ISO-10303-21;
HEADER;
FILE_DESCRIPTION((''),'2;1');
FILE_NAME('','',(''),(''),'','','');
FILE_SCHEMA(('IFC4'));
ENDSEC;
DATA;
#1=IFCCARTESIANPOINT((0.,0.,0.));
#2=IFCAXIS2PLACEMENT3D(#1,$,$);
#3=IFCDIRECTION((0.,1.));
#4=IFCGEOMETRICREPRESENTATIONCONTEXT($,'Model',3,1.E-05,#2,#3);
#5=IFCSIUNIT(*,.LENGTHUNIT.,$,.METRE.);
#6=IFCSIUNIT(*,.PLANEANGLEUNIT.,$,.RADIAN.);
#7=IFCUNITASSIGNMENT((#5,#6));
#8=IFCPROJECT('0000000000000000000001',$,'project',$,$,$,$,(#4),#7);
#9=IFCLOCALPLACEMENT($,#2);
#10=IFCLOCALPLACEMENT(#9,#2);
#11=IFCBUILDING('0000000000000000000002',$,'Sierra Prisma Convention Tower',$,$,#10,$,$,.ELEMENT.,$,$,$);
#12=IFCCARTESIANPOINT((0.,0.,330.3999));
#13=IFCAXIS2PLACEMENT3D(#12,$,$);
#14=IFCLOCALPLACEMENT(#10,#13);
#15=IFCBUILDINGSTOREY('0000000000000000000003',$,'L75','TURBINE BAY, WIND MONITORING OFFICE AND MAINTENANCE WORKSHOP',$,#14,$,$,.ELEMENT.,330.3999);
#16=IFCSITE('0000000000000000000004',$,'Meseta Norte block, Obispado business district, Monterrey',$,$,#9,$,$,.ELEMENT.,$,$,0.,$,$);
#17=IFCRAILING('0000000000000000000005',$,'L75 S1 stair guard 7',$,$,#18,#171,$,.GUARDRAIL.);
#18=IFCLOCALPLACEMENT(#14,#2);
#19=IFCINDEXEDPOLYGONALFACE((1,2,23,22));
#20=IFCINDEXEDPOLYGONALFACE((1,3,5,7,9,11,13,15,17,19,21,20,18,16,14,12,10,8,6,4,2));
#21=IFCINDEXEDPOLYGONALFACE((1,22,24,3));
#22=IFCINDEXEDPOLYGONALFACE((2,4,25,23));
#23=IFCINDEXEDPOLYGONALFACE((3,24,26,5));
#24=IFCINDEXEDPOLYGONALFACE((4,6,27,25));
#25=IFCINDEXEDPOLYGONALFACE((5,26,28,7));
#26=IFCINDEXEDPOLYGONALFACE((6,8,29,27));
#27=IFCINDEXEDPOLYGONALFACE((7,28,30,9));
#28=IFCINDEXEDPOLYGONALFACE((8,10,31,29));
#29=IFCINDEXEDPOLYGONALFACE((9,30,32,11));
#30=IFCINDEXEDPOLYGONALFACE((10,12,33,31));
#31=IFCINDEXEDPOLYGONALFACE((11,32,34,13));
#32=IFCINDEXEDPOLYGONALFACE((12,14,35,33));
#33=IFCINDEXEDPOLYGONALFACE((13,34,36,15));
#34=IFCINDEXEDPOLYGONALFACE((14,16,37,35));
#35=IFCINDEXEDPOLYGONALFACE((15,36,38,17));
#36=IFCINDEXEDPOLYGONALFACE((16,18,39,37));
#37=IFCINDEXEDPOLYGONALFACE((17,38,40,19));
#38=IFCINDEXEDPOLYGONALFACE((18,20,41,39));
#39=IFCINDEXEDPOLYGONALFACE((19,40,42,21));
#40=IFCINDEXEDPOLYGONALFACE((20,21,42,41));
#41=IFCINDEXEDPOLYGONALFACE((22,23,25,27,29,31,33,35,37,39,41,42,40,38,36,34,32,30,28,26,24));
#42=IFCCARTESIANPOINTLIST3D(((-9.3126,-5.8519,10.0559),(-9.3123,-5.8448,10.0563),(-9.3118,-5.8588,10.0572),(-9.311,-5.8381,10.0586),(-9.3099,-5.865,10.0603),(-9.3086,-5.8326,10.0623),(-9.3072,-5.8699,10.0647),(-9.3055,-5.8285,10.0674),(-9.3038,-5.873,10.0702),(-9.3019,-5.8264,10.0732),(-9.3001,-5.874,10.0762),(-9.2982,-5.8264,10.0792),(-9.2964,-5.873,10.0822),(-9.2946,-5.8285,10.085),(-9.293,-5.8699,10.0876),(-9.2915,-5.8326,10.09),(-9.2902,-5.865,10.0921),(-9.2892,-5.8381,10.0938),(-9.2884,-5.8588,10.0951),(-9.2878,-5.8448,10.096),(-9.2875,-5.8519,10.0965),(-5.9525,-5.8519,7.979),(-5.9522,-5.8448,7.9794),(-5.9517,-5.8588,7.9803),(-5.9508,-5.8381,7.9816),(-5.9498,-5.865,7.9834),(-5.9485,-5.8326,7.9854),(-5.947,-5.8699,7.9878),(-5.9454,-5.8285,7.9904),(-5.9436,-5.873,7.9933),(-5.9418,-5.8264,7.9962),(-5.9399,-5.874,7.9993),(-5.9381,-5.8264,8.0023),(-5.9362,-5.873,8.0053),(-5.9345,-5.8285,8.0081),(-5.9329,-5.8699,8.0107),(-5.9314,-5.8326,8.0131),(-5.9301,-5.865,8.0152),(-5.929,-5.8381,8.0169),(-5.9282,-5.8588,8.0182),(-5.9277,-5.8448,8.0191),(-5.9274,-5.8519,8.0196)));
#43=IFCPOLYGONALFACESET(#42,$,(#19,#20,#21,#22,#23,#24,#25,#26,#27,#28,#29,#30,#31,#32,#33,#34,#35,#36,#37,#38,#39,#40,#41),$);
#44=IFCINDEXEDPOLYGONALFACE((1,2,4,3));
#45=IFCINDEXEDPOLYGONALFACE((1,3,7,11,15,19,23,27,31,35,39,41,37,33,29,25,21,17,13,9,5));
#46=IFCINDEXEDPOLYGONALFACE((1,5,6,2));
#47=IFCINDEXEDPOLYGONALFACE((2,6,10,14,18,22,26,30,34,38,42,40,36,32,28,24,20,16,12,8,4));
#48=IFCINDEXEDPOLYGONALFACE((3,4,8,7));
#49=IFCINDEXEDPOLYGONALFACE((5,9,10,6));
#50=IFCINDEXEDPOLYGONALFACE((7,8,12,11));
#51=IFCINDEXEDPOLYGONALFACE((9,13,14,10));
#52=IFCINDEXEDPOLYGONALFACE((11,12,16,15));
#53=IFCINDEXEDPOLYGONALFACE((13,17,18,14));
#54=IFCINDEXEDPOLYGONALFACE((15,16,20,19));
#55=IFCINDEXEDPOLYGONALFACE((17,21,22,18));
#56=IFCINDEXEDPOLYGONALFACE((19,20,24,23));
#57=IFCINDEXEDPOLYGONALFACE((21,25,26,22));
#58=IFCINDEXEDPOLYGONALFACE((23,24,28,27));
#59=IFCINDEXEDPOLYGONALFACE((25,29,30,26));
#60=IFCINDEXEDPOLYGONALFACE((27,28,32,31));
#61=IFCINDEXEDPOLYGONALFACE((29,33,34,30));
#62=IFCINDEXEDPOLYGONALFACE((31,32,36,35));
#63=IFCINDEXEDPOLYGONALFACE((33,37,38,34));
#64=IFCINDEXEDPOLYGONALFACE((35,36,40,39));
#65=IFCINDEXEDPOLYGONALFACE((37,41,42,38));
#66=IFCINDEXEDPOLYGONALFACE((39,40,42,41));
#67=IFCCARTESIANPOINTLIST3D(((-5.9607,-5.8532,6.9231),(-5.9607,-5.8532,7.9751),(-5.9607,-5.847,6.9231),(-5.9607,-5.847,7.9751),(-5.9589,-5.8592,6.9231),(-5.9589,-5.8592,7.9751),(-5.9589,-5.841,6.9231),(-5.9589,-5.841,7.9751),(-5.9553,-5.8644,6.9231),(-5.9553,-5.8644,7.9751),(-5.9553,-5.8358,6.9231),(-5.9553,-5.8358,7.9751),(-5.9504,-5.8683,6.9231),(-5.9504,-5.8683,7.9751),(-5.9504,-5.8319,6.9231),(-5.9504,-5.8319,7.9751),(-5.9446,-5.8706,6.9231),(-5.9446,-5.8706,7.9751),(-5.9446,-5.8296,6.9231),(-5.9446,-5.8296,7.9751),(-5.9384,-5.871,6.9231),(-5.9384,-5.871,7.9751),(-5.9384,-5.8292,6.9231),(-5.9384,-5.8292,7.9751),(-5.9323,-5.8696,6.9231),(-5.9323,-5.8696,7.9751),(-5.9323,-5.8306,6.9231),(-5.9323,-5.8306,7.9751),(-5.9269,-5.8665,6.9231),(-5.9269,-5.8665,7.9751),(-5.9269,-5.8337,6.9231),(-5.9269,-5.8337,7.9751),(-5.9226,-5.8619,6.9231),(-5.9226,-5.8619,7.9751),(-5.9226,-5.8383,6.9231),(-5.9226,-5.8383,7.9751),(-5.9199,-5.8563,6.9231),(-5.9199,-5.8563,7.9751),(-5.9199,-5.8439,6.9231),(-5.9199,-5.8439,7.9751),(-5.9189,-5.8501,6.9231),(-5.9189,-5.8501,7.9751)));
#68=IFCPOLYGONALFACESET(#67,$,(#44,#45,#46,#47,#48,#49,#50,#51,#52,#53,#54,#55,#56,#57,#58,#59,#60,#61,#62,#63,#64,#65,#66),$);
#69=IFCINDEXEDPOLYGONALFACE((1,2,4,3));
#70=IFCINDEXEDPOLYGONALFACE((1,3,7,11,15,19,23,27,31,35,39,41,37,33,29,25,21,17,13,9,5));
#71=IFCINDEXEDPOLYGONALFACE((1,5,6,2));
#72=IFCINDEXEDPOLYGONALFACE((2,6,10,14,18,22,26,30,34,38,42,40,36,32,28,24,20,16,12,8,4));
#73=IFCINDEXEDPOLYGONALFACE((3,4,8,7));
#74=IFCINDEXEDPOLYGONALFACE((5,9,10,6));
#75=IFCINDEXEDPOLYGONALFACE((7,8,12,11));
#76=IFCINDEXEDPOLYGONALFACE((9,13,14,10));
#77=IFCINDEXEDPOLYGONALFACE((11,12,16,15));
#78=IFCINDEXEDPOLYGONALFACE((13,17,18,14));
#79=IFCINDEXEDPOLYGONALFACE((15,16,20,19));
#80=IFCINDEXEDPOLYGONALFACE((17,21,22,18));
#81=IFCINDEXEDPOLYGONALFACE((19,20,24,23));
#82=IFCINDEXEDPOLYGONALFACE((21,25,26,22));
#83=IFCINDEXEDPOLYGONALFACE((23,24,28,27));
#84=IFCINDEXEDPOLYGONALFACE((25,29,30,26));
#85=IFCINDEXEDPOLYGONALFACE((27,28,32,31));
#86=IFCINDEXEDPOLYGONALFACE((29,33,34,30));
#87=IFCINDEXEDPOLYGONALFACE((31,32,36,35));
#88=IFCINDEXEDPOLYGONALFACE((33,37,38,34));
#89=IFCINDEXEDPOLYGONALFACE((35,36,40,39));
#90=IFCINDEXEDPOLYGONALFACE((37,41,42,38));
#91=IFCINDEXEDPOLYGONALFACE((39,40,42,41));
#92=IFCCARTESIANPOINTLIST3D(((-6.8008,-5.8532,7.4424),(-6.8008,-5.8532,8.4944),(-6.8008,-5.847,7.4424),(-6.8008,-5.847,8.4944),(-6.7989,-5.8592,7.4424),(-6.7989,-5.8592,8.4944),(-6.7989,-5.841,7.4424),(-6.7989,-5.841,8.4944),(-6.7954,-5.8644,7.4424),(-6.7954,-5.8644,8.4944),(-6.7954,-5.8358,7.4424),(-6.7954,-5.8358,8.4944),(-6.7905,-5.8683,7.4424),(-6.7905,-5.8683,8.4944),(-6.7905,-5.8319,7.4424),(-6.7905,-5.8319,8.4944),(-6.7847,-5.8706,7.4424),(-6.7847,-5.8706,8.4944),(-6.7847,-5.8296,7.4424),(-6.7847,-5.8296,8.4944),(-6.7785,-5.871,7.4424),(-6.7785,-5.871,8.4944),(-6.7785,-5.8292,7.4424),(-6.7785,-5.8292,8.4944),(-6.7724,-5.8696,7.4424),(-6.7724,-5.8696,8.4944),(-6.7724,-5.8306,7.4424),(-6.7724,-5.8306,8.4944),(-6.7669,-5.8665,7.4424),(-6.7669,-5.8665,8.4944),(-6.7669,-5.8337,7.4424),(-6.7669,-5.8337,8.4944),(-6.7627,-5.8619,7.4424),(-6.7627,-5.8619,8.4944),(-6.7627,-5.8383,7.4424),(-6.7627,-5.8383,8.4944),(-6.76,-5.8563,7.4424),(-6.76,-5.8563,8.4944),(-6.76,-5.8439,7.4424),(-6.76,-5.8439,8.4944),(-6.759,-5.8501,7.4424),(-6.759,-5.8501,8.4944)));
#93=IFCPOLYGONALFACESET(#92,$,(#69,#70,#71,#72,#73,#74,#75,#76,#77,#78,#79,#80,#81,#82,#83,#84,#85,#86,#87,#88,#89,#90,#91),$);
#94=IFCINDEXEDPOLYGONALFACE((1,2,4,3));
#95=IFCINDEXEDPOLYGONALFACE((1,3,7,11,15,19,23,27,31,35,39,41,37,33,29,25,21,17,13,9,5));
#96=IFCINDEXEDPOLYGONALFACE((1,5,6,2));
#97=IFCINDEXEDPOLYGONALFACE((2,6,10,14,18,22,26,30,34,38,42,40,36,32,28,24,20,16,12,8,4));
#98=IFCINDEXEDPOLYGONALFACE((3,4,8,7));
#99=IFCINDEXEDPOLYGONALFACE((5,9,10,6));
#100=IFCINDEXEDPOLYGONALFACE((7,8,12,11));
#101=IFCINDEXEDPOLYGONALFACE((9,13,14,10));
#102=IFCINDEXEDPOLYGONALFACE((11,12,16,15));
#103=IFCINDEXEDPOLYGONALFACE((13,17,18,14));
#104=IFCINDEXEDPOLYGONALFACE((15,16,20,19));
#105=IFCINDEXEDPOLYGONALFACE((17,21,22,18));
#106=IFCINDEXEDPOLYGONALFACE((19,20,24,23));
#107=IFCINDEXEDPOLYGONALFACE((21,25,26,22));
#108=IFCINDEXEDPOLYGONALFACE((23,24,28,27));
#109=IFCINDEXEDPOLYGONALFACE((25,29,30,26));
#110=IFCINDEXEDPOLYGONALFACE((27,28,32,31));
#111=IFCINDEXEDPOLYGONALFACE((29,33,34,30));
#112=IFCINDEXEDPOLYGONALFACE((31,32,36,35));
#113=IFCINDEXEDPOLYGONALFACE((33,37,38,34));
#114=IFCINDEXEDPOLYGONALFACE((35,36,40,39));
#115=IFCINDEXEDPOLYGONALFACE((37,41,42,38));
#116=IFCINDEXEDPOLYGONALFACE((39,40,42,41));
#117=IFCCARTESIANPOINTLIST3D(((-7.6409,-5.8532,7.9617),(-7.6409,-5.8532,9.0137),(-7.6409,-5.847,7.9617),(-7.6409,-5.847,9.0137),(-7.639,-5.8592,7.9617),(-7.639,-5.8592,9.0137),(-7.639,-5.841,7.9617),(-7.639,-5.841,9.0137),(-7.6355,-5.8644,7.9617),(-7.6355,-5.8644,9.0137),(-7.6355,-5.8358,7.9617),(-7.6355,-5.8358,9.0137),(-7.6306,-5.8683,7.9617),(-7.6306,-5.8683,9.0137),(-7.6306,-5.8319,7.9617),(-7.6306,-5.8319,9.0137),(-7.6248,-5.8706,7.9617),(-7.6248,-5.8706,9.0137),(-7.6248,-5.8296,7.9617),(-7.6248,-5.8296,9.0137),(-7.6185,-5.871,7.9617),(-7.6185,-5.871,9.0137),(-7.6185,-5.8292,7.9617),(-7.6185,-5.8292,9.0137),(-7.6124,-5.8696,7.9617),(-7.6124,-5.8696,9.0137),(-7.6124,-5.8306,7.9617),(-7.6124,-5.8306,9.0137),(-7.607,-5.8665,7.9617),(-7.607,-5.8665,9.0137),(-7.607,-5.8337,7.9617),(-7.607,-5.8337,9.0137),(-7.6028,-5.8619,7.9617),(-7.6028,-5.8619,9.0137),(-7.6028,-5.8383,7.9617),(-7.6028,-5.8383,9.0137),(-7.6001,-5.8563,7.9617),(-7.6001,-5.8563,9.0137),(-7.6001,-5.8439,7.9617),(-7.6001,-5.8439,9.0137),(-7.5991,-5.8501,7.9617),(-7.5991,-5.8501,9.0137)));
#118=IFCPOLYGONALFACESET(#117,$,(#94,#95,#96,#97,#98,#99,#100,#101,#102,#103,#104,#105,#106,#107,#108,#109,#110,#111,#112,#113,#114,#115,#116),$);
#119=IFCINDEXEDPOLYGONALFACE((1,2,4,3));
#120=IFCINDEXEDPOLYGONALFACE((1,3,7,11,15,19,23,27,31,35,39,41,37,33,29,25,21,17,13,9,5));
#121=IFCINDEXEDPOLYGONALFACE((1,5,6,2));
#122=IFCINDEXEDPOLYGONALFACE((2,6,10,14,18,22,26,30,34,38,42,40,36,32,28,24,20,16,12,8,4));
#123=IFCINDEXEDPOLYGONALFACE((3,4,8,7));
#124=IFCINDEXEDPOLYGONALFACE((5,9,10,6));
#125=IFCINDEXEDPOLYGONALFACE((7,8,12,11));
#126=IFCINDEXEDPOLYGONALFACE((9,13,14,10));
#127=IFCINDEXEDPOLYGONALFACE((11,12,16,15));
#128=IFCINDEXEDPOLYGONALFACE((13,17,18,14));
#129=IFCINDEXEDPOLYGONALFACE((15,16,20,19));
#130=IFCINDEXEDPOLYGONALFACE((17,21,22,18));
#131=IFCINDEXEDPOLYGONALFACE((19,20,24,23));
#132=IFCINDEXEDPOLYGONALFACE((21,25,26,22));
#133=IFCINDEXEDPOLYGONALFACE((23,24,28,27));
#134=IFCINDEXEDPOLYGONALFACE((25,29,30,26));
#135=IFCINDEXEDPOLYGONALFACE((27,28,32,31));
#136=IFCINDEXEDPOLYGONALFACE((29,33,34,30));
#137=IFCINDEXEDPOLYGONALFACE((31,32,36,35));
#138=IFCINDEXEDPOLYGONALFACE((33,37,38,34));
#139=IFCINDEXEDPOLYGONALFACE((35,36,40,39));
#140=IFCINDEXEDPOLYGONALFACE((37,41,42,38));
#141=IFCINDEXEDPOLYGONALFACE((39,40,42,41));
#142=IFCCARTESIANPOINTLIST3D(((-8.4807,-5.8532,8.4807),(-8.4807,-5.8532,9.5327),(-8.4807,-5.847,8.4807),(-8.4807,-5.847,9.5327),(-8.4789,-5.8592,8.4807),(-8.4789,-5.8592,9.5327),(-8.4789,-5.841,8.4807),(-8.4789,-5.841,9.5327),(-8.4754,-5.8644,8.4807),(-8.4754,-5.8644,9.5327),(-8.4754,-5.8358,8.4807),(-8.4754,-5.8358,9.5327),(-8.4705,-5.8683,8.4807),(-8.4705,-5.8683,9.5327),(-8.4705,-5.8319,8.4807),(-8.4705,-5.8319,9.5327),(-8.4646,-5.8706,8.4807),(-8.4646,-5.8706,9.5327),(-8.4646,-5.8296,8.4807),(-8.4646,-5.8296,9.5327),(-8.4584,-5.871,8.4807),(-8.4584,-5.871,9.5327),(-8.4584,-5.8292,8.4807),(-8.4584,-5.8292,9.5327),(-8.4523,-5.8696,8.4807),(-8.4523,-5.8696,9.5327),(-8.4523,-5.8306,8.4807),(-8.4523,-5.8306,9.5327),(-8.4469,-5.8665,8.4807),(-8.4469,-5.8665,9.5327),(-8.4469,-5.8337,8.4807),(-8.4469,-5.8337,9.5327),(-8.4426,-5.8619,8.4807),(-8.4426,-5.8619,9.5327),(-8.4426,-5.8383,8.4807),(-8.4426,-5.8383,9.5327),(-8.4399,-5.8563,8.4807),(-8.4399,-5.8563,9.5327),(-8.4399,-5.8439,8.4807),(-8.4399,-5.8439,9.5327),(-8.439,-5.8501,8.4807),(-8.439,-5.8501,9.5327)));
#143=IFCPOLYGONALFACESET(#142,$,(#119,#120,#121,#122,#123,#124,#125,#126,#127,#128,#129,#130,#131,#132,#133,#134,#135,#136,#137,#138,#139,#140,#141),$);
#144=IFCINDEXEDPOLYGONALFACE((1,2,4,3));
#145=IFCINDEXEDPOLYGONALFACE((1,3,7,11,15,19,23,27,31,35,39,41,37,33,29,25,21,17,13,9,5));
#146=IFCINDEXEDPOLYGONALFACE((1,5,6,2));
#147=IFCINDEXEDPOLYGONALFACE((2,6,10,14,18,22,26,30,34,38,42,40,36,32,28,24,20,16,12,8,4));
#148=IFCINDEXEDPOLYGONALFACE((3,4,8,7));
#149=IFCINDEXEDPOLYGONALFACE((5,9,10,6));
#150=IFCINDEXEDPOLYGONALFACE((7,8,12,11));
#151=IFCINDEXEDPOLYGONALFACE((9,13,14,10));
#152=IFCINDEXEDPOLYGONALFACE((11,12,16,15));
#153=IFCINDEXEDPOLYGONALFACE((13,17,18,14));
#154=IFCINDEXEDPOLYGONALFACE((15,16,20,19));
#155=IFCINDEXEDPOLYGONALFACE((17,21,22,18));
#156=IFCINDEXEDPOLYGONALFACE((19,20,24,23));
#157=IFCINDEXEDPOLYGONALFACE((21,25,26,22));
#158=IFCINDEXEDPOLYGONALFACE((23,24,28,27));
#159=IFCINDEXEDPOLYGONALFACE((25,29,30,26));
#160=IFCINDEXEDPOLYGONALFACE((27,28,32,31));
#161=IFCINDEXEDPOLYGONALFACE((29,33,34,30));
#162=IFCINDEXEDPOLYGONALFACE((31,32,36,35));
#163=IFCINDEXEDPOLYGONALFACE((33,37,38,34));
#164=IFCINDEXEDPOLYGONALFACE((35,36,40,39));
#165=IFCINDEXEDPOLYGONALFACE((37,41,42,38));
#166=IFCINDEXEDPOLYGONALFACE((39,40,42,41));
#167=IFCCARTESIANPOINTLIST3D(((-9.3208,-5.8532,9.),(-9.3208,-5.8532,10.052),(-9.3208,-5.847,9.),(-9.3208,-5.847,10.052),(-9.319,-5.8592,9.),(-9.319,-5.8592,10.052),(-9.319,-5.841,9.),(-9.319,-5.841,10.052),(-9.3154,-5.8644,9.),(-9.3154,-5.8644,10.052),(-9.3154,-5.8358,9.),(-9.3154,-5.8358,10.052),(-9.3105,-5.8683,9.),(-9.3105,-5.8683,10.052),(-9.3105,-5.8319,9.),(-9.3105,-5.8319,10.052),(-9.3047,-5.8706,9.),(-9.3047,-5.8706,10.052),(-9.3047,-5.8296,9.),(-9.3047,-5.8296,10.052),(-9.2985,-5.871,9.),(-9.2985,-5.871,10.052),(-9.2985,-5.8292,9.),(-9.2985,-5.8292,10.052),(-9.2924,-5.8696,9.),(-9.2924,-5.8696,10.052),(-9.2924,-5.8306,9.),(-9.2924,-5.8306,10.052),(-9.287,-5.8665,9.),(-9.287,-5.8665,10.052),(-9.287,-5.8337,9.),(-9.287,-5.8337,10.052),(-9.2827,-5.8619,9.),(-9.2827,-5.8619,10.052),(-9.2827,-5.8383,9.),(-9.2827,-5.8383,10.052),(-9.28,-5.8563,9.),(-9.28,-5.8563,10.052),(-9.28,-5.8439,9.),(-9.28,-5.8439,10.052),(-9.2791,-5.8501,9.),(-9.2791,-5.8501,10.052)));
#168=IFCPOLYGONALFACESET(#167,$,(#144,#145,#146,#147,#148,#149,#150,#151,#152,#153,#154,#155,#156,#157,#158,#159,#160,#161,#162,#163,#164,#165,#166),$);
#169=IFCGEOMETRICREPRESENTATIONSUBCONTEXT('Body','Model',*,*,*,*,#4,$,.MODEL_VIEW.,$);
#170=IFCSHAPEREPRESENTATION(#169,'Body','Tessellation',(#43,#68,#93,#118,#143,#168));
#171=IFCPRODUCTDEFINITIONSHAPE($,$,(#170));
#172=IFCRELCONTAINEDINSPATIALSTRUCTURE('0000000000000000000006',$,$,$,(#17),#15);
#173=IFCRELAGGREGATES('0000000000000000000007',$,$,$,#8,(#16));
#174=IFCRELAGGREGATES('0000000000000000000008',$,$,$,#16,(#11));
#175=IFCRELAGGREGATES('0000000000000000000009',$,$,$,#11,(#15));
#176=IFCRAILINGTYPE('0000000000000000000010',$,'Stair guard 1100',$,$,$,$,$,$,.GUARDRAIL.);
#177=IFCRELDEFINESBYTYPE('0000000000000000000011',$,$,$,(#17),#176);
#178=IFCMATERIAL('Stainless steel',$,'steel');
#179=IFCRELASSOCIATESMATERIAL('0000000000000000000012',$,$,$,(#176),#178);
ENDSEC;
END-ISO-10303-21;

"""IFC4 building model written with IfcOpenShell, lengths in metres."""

from ifc_helpers import new_model, si_unit, direction, frame, origin, origin_2d, place, context, subcontext, project, spatial, circle, extrude, material, type_object, element, save


model = new_model("IFC4")

# Units and contexts
model_context = context("Model", 3, precision=1e-05, world=origin(), true_north=direction((0.0, 1.0)))
body_context = subcontext(model_context, "Body", "Model", "MODEL_VIEW")
ifc_project = project(units=[si_unit("LENGTHUNIT", "METRE"), si_unit("PLANEANGLEUNIT", "RADIAN")], contexts=[model_context])

# Site, building, storey
site_placement = place(None, origin())
site = spatial("IfcSite", under=ifc_project, at=site_placement, Name="Meseta Norte block, Obispado business district, Monterrey", CompositionType="ELEMENT", RefElevation=0.0)
building_placement = place(site_placement, origin())
building = spatial("IfcBuilding", under=site, at=building_placement, Name="Sierra Prisma Convention Tower", CompositionType="ELEMENT")
storey_placement = place(building_placement, frame((0.0, 0.0, 330.3999)))
storey = spatial("IfcBuildingStorey", under=building, at=storey_placement, Name="L75", Description="TURBINE BAY, WIND MONITORING OFFICE AND MAINTENANCE WORKSHOP", CompositionType="ELEMENT", Elevation=330.3999)

# Railing
ifc_material_1 = material(Name="Stainless steel", Category="steel")
railing_type_1 = type_object("IfcRailingType", Name="Stair guard 1100", PredefinedType="GUARDRAIL", material=ifc_material_1)
railing_1_placement = place(storey_placement, frame((-5.9399, -5.8501, 6.9231)))
element("IfcRailing", 1, at=railing_1_placement, inside=storey, type_object=railing_type_1, Name="L75 S1 stair guard 7", PredefinedType="GUARDRAIL", context=body_context, shape_type="SweptSolid", body=[
    extrude(circle(Radius=0.0239, at=origin_2d()), frame((0.0, 0.0, 1.0762), z_axis=(-0.850623, 0.0, 0.525776), x_axis=(0.0, -1.0, 0.0)), (0.0, 0.0, 1.0), 3.9502),
    extrude(circle(Radius=0.021, at=origin_2d()), origin(), (0.0, 0.0, 1.0), 1.052),
    extrude(circle(Radius=0.021, at=origin_2d()), frame((-0.8401, 0.0, 0.5193)), (0.0, 0.0, 1.0), 1.052),
    extrude(circle(Radius=0.021, at=origin_2d()), frame((-1.6802, 0.0, 1.0386)), (0.0, 0.0, 1.0), 1.052),
    extrude(circle(Radius=0.021, at=origin_2d()), frame((-2.52, 0.0, 1.5576)), (0.0, 0.0, 1.0), 1.052),
    extrude(circle(Radius=0.021, at=origin_2d()), frame((-3.3601, 0.0, 2.0769)), (0.0, 0.0, 1.0), 1.052),
])

save(model, "model.ifc")
